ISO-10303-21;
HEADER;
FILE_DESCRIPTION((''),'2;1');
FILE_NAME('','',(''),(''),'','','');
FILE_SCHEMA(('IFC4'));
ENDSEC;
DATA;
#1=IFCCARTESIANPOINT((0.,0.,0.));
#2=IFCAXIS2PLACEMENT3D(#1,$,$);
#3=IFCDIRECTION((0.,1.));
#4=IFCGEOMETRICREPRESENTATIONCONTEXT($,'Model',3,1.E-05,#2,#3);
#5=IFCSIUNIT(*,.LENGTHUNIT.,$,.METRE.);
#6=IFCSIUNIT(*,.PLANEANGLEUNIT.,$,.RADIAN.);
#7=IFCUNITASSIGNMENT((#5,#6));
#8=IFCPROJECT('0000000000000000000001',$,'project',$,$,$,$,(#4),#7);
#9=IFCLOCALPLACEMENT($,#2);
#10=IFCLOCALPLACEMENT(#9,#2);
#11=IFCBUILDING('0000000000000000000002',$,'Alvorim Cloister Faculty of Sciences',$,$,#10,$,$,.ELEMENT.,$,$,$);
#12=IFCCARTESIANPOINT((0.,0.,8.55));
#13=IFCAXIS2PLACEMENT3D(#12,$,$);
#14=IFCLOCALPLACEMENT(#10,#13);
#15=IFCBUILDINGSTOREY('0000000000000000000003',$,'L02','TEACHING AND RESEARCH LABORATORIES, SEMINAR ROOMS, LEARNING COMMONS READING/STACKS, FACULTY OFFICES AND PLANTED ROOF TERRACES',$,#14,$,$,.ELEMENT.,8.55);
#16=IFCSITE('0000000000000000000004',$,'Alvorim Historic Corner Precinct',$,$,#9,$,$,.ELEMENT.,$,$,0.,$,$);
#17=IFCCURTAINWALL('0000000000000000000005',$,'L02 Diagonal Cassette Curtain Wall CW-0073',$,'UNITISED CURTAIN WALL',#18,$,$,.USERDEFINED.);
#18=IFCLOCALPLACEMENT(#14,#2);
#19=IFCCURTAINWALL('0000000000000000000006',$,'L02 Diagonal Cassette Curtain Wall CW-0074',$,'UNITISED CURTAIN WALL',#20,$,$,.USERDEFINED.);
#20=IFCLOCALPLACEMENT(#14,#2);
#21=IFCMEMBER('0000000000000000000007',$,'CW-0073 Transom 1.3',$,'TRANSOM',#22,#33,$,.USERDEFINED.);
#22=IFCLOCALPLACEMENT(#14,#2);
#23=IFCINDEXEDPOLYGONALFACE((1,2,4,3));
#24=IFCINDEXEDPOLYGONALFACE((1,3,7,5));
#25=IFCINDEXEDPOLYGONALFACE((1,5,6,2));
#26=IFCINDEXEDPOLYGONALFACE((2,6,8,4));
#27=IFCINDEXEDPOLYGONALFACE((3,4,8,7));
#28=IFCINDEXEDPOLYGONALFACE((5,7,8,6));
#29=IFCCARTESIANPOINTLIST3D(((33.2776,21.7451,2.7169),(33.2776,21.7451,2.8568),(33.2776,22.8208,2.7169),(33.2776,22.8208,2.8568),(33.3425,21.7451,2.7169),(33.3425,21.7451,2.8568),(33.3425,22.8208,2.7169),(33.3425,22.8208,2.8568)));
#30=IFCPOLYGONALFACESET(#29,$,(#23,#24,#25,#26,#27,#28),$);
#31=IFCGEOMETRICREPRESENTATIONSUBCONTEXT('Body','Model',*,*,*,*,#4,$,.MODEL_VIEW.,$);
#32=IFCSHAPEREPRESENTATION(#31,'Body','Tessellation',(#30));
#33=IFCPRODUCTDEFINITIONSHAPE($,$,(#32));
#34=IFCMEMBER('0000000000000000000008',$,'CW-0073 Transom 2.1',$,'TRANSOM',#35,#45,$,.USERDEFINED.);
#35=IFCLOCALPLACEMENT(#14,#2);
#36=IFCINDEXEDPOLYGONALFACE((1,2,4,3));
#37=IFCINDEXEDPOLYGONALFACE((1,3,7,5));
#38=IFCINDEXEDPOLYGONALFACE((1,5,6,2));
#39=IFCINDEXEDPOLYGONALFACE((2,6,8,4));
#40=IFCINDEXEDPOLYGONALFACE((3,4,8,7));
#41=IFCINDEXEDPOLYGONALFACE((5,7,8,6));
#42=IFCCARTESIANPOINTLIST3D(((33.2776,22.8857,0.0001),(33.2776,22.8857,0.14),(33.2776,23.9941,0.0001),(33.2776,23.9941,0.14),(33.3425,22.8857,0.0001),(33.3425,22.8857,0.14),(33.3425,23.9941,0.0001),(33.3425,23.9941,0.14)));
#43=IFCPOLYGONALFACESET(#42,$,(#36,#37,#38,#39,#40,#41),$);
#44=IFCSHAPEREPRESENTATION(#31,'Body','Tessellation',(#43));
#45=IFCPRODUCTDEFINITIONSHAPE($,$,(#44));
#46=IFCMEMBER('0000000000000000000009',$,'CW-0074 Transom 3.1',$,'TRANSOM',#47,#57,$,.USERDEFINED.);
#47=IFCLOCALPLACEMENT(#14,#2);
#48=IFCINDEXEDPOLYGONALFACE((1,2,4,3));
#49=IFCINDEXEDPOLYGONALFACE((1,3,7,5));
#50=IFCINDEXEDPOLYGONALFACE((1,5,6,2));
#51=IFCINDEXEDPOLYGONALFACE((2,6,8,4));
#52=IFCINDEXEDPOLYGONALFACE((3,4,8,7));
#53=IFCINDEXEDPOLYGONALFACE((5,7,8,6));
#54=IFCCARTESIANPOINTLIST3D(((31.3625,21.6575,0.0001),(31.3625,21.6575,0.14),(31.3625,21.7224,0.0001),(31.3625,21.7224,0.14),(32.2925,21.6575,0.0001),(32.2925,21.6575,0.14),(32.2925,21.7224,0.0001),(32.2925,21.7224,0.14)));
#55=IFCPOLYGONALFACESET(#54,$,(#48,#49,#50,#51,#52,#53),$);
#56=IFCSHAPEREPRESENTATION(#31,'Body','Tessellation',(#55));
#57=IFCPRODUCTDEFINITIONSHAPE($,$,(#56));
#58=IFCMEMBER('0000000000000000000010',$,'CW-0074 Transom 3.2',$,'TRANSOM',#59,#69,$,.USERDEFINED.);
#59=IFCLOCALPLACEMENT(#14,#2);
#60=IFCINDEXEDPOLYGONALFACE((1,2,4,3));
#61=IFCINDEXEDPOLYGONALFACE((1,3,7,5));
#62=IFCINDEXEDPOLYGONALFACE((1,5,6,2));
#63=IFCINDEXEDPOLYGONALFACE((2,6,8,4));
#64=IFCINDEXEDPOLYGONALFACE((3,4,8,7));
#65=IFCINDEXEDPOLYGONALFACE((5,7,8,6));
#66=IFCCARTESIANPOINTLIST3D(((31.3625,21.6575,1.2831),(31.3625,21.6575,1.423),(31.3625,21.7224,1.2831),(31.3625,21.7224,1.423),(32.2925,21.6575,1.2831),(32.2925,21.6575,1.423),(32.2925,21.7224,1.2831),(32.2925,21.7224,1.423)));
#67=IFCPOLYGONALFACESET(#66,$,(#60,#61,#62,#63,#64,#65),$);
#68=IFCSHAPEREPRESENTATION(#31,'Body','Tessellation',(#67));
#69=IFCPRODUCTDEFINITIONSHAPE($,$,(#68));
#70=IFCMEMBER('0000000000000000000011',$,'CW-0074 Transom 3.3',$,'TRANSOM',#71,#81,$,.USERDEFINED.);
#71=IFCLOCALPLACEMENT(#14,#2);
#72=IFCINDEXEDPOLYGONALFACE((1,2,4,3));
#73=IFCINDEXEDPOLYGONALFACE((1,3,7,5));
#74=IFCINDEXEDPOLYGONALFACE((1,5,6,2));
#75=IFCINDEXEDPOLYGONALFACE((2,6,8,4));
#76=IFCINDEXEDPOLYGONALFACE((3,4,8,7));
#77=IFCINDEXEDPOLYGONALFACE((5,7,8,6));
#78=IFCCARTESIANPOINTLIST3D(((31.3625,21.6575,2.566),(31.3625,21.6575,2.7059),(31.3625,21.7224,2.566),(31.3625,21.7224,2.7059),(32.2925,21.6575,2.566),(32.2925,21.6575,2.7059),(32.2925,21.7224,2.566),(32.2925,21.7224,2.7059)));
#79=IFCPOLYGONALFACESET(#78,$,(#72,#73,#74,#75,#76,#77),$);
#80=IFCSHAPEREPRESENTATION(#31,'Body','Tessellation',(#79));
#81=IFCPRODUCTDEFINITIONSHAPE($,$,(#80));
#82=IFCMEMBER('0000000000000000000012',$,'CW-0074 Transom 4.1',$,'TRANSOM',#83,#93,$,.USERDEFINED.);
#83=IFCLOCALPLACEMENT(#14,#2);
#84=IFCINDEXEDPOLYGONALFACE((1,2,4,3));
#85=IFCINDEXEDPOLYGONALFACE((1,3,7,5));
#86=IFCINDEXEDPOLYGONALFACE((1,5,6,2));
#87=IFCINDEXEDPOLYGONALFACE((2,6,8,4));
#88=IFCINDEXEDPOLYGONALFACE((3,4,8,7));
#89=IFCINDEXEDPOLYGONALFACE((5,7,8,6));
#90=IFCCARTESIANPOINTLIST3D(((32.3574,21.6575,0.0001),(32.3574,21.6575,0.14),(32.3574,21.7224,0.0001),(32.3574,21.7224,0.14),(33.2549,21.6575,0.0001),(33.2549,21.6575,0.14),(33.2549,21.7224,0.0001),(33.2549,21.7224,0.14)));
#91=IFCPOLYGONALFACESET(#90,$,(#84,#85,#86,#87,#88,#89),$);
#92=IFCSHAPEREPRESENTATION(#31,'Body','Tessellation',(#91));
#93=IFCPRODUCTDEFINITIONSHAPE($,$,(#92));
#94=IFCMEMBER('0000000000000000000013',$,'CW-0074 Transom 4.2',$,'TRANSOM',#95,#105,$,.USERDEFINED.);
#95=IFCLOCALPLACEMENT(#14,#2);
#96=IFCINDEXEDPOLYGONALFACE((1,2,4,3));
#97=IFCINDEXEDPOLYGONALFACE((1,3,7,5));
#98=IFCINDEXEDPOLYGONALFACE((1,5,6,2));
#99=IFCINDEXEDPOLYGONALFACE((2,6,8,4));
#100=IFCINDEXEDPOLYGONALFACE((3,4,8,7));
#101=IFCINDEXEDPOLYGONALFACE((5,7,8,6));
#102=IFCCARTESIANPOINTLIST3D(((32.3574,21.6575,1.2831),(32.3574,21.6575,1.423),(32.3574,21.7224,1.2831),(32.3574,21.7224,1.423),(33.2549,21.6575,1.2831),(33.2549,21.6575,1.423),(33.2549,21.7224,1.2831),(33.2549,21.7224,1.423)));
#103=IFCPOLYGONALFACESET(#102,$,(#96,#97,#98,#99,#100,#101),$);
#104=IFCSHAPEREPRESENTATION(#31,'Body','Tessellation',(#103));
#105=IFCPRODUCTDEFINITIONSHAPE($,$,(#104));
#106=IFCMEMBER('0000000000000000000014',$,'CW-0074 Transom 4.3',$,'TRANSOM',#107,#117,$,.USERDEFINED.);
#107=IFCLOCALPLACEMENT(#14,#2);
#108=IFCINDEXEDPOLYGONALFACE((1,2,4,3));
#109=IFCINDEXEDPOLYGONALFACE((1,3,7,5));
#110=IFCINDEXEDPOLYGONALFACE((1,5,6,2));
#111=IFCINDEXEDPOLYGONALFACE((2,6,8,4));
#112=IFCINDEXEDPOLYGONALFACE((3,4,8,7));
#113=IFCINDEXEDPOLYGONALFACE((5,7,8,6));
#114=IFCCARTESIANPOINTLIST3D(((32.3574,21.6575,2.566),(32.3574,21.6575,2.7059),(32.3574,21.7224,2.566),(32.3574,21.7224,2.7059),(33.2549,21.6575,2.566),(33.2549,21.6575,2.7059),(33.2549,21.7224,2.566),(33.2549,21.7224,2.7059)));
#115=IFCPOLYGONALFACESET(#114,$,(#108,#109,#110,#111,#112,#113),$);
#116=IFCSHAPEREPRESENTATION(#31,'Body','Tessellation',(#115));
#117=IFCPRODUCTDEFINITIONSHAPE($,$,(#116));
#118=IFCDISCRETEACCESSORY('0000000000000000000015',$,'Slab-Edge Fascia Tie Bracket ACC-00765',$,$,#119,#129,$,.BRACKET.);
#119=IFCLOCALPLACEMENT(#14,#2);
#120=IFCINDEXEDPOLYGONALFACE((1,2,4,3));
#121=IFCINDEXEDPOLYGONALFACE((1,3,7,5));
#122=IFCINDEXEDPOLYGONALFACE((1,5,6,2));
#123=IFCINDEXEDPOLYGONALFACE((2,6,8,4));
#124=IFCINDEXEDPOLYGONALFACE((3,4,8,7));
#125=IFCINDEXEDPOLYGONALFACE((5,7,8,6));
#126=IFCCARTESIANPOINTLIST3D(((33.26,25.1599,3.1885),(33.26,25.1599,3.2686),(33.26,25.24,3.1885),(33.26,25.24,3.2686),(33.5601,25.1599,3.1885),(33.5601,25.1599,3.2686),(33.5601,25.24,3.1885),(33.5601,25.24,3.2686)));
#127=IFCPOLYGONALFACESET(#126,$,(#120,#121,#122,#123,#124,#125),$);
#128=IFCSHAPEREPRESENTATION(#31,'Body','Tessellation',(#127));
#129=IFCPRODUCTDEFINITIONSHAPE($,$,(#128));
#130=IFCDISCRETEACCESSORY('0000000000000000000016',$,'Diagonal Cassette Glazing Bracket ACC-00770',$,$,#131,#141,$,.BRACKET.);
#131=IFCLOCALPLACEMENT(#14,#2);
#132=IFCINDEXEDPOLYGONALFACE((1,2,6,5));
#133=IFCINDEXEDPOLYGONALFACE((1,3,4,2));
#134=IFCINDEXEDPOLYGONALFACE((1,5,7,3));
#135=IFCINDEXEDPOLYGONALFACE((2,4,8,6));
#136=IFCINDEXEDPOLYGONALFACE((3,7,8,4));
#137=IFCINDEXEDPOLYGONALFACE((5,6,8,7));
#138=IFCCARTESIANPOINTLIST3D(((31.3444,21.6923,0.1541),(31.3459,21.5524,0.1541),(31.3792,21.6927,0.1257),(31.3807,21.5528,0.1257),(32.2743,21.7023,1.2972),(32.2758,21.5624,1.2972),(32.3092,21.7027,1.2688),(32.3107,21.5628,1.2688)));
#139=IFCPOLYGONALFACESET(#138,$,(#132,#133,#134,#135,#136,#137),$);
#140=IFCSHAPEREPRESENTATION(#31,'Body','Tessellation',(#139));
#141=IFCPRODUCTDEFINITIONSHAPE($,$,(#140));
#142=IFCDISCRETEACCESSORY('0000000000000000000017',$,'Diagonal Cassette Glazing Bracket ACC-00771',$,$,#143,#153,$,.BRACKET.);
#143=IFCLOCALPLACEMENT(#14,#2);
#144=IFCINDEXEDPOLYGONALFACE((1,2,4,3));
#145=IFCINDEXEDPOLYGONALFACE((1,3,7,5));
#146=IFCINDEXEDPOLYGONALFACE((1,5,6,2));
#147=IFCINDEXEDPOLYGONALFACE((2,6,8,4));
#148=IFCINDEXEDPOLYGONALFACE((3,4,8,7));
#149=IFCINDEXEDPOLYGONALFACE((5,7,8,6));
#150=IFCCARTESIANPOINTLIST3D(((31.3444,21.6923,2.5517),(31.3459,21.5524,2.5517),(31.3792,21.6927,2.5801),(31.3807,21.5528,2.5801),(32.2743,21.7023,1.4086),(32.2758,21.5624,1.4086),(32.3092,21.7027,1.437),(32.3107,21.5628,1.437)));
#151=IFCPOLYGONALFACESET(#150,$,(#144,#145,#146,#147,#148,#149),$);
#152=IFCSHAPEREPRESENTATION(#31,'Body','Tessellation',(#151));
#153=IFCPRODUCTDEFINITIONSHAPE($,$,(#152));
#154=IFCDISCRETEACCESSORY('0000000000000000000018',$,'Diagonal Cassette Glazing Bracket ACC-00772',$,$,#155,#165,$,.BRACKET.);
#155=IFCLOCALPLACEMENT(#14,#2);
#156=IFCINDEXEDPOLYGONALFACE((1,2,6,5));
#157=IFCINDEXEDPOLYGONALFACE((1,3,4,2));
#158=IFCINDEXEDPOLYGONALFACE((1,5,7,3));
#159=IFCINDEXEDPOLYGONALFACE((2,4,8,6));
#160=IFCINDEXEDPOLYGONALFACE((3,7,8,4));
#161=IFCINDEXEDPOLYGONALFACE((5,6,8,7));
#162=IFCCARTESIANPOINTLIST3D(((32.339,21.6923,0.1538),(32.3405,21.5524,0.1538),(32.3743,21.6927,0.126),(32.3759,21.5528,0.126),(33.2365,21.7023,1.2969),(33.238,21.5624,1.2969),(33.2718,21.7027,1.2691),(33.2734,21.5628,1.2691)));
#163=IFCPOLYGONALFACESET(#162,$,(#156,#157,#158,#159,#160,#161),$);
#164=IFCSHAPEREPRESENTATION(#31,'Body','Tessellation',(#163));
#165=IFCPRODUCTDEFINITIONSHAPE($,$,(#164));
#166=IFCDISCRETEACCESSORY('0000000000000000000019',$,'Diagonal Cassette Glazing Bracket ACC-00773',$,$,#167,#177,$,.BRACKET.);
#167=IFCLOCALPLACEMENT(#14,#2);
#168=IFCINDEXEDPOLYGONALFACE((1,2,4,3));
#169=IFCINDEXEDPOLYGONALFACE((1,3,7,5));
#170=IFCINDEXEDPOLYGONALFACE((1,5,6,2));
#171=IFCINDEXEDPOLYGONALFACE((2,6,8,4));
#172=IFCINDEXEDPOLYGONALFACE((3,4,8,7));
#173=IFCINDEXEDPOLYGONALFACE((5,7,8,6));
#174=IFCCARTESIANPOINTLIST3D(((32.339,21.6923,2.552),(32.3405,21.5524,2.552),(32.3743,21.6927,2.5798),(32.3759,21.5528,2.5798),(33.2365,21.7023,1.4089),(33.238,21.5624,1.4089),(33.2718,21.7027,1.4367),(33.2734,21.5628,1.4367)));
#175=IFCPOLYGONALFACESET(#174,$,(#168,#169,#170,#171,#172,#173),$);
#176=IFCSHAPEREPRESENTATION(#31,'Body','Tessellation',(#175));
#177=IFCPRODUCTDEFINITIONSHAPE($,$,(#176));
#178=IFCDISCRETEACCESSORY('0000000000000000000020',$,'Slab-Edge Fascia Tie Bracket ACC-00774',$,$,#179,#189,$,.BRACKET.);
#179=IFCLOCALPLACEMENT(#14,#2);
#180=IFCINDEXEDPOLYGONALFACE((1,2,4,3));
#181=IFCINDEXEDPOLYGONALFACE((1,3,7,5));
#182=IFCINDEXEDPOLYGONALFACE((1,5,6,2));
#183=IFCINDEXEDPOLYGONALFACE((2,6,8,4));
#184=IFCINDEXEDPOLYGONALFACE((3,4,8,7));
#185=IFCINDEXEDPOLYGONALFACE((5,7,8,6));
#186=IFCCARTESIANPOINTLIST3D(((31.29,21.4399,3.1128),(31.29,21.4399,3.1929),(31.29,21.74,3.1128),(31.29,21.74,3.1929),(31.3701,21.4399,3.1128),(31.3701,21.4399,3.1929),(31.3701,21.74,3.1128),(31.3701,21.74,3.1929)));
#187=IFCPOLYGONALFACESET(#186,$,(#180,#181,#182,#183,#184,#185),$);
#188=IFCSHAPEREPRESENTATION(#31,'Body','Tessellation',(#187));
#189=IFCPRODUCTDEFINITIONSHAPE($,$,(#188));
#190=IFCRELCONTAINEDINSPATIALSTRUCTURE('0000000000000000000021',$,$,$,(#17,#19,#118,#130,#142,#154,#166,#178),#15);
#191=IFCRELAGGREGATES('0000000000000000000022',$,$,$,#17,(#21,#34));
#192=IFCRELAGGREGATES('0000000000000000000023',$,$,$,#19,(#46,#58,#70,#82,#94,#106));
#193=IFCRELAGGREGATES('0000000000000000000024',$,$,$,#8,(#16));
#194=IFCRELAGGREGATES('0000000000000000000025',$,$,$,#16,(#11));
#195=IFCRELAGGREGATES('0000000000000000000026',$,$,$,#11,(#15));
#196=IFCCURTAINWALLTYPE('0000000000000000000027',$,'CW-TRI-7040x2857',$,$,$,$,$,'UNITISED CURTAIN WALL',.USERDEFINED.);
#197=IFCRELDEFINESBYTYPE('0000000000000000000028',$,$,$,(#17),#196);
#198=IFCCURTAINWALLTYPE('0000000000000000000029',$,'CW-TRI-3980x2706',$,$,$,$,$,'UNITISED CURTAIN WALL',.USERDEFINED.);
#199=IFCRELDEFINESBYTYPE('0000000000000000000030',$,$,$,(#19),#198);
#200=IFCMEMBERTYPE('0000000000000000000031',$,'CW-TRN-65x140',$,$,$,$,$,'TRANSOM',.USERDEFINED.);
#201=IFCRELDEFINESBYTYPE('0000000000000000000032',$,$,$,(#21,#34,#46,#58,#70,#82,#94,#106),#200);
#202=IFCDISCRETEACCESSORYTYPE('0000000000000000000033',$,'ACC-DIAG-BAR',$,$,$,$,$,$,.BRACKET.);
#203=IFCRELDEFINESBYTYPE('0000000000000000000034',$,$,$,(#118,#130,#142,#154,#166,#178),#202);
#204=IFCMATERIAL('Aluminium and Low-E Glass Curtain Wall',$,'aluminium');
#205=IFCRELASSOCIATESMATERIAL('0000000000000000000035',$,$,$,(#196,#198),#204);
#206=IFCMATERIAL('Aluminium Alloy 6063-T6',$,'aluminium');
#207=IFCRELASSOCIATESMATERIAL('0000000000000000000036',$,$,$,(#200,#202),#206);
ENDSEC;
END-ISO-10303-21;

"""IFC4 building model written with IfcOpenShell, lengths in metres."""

from ifc_helpers import new_model, si_unit, direction, frame, origin, origin_2d, place, context, subcontext, project, spatial, rectangle, extrude, material, material_profile, profile_set, type_object, element, aggregate, save


model = new_model("IFC4")

# Units and contexts
model_context = context("Model", 3, precision=1e-05, world=origin(), true_north=direction((0.0, 1.0)))
body_context = subcontext(model_context, "Body", "Model", "MODEL_VIEW")
ifc_project = project(units=[si_unit("LENGTHUNIT", "METRE"), si_unit("PLANEANGLEUNIT", "RADIAN")], contexts=[model_context])

# Site, building, storey
site_placement = place(None, origin())
site = spatial("IfcSite", under=ifc_project, at=site_placement, Name="Alvorim Historic Corner Precinct", CompositionType="ELEMENT", RefElevation=0.0)
building_placement = place(site_placement, origin())
building = spatial("IfcBuilding", under=site, at=building_placement, Name="Alvorim Cloister Faculty of Sciences", CompositionType="ELEMENT")
storey_placement = place(building_placement, frame((0.0, 0.0, 8.55)))
storey = spatial("IfcBuildingStorey", under=building, at=storey_placement, Name="L02", Description="TEACHING AND RESEARCH LABORATORIES, SEMINAR ROOMS, LEARNING COMMONS READING/STACKS, FACULTY OFFICES AND PLANTED ROOF TERRACES", CompositionType="ELEMENT", Elevation=8.55)

# Curtain walls
ifc_material_1 = material(Name="Aluminium and Low-E Glass Curtain Wall", Category="aluminium")
curtain_wall_type_1 = type_object("IfcCurtainWallType", Name="CW-TRI-7040x2857", ElementType="UNITISED CURTAIN WALL", PredefinedType="USERDEFINED", material=ifc_material_1)
curtain_wall_1_placement = place(storey_placement, origin())
curtain_wall_1 = element("IfcCurtainWall", 1, at=curtain_wall_1_placement, inside=storey, type_object=curtain_wall_type_1, Name="L02 Diagonal Cassette Curtain Wall CW-0073", ObjectType="UNITISED CURTAIN WALL", PredefinedType="USERDEFINED")
ifc_material_2 = material(Name="Aluminium Alloy 6063-T6", Category="aluminium")
curtain_wall_type_2 = type_object("IfcCurtainWallType", Name="CW-TRI-3980x2706", ElementType="UNITISED CURTAIN WALL", PredefinedType="USERDEFINED", material=ifc_material_1)
curtain_wall_2_placement = place(storey_placement, origin())
curtain_wall_2 = element("IfcCurtainWall", 2, at=curtain_wall_2_placement, inside=storey, type_object=curtain_wall_type_2, Name="L02 Diagonal Cassette Curtain Wall CW-0074", ObjectType="UNITISED CURTAIN WALL", PredefinedType="USERDEFINED")

# Members
ifc_material_profile_1 = material_profile(ifc_material_2, rectangle(XDim=0.0649, YDim=0.1399, at=origin_2d()), Name="ALU-TRN-65x140")
ifc_profile_set_1 = profile_set([ifc_material_profile_1], Name="Aluminium Alloy 6063-T6")
member_type_1 = type_object("IfcMemberType", Name="CW-TRN-65x140", ElementType="TRANSOM", PredefinedType="USERDEFINED", material=ifc_profile_set_1)
member_1_placement = place(storey_placement, frame((33.3101, 21.7451, 2.7869), z_axis=(0.0, 1.0, 0.0), x_axis=(-1.0, 0.0, 0.0)))
member_1 = element("IfcMember", 3, at=member_1_placement, type_object=member_type_1, Name="CW-0073 Transom 1.3", ObjectType="TRANSOM", PredefinedType="USERDEFINED", context=body_context, shape_type="SweptSolid", body=[
    extrude(rectangle(XDim=0.0649, YDim=0.1399, at=origin_2d()), origin(), (0.0, 0.0, 1.0), 1.0757),
])
member_2_placement = place(storey_placement, frame((33.3101, 22.8857, 0.0701), z_axis=(0.0, 1.0, 0.0), x_axis=(-1.0, 0.0, 0.0)))
member_2 = element("IfcMember", 4, at=member_2_placement, type_object=member_type_1, Name="CW-0073 Transom 2.1", ObjectType="TRANSOM", PredefinedType="USERDEFINED", context=body_context, shape_type="SweptSolid", body=[
    extrude(rectangle(XDim=0.0649, YDim=0.1399, at=origin_2d()), origin(), (0.0, 0.0, 1.0), 1.1084),
])
aggregate(curtain_wall_1, [member_1, member_2])
member_3_placement = place(storey_placement, frame((31.3625, 21.6899, 0.0701), z_axis=(1.0, 0.0, 0.0), x_axis=(0.0, 1.0, 0.0)))
member_3 = element("IfcMember", 5, at=member_3_placement, type_object=member_type_1, Name="CW-0074 Transom 3.1", ObjectType="TRANSOM", PredefinedType="USERDEFINED", context=body_context, shape_type="SweptSolid", body=[
    extrude(rectangle(XDim=0.0649, YDim=0.1399, at=origin_2d()), origin(), (0.0, 0.0, 1.0), 0.9299),
])
member_4_placement = place(storey_placement, frame((31.3625, 21.6899, 1.353), z_axis=(1.0, 0.0, 0.0), x_axis=(0.0, 1.0, 0.0)))
member_4 = element("IfcMember", 6, at=member_4_placement, type_object=member_type_1, Name="CW-0074 Transom 3.2", ObjectType="TRANSOM", PredefinedType="USERDEFINED", context=body_context, shape_type="SweptSolid", body=[
    extrude(rectangle(XDim=0.0649, YDim=0.1399, at=origin_2d()), origin(), (0.0, 0.0, 1.0), 0.9299),
])
member_5_placement = place(storey_placement, frame((31.3625, 21.6899, 2.636), z_axis=(1.0, 0.0, 0.0), x_axis=(0.0, 1.0, 0.0)))
member_5 = element("IfcMember", 7, at=member_5_placement, type_object=member_type_1, Name="CW-0074 Transom 3.3", ObjectType="TRANSOM", PredefinedType="USERDEFINED", context=body_context, shape_type="SweptSolid", body=[
    extrude(rectangle(XDim=0.0649, YDim=0.1399, at=origin_2d()), origin(), (0.0, 0.0, 1.0), 0.9299),
])
member_6_placement = place(storey_placement, frame((32.3574, 21.6899, 0.0701), z_axis=(1.0, 0.0, 0.0), x_axis=(0.0, 1.0, 0.0)))
member_6 = element("IfcMember", 8, at=member_6_placement, type_object=member_type_1, Name="CW-0074 Transom 4.1", ObjectType="TRANSOM", PredefinedType="USERDEFINED", context=body_context, shape_type="SweptSolid", body=[
    extrude(rectangle(XDim=0.0649, YDim=0.1399, at=origin_2d()), origin(), (0.0, 0.0, 1.0), 0.8975),
])
member_7_placement = place(storey_placement, frame((32.3574, 21.6899, 1.353), z_axis=(1.0, 0.0, 0.0), x_axis=(0.0, 1.0, 0.0)))
member_7 = element("IfcMember", 9, at=member_7_placement, type_object=member_type_1, Name="CW-0074 Transom 4.2", ObjectType="TRANSOM", PredefinedType="USERDEFINED", context=body_context, shape_type="SweptSolid", body=[
    extrude(rectangle(XDim=0.0649, YDim=0.1399, at=origin_2d()), origin(), (0.0, 0.0, 1.0), 0.8975),
])
member_8_placement = place(storey_placement, frame((32.3574, 21.6899, 2.636), z_axis=(1.0, 0.0, 0.0), x_axis=(0.0, 1.0, 0.0)))
member_8 = element("IfcMember", 10, at=member_8_placement, type_object=member_type_1, Name="CW-0074 Transom 4.3", ObjectType="TRANSOM", PredefinedType="USERDEFINED", context=body_context, shape_type="SweptSolid", body=[
    extrude(rectangle(XDim=0.0649, YDim=0.1399, at=origin_2d()), origin(), (0.0, 0.0, 1.0), 0.8975),
])
aggregate(curtain_wall_2, [member_3, member_4, member_5, member_6, member_7, member_8])

# Discrete accessories
discrete_accessory_type = type_object("IfcDiscreteAccessoryType", Name="ACC-DIAG-BAR", PredefinedType="BRACKET", material=ifc_material_2)
discrete_accessory_1_placement = place(storey_placement, frame((33.26, 25.2, 3.2285), z_axis=(1.0, 0.0, 0.0), x_axis=(0.0, 1.0, 0.0)))
element("IfcDiscreteAccessory", 11, at=discrete_accessory_1_placement, inside=storey, type_object=discrete_accessory_type, Name="Slab-Edge Fascia Tie Bracket ACC-00765", PredefinedType="BRACKET", context=body_context, shape_type="SweptSolid", body=[
    extrude(rectangle(XDim=0.0801, YDim=0.0801, at=origin_2d()), origin(), (0.0, 0.0, 1.0), 0.3),
])
for number, where, z_axis, x_axis, name in (
    (12, (31.3625, 21.6226, 0.1399), (0.631064, 0.006793, 0.775701), (-0.010763, 0.999942, 0.0), "Diagonal Cassette Glazing Bracket ACC-00770"),
    (13, (31.3625, 21.6226, 2.5659), (0.631064, 0.006793, -0.775701), (-0.010763, 0.999942, 0.0), "Diagonal Cassette Glazing Bracket ACC-00771"),
):
    element("IfcDiscreteAccessory", number, at=place(storey_placement, frame(where, z_axis=z_axis, x_axis=x_axis)), inside=storey, type_object=discrete_accessory_type, Name=name, PredefinedType="BRACKET", context=body_context, shape_type="SweptSolid", body=[
        extrude(rectangle(XDim=0.1399, YDim=0.0449, at=origin_2d()), origin(), (0.0, 0.0, 1.0), 1.4736),
    ])
for number, where, z_axis, x_axis, name in (
    (14, (32.3574, 21.6226, 0.1399), (0.617525, 0.006888, 0.786521), (-0.011153, 0.999938, 0.0), "Diagonal Cassette Glazing Bracket ACC-00772"),
    (15, (32.3574, 21.6226, 2.5659), (0.617525, 0.006888, -0.786521), (-0.011153, 0.999938, 0.0), "Diagonal Cassette Glazing Bracket ACC-00773"),
):
    element("IfcDiscreteAccessory", number, at=place(storey_placement, frame(where, z_axis=z_axis, x_axis=x_axis)), inside=storey, type_object=discrete_accessory_type, Name=name, PredefinedType="BRACKET", context=body_context, shape_type="SweptSolid", body=[
        extrude(rectangle(XDim=0.1399, YDim=0.0449, at=origin_2d()), origin(), (0.0, 0.0, 1.0), 1.4534),
    ])
discrete_accessory_2_placement = place(storey_placement, frame((31.3301, 21.74, 3.1528), z_axis=(0.0, -1.0, 0.0), x_axis=(1.0, 0.0, 0.0)))
element("IfcDiscreteAccessory", 16, at=discrete_accessory_2_placement, inside=storey, type_object=discrete_accessory_type, Name="Slab-Edge Fascia Tie Bracket ACC-00774", PredefinedType="BRACKET", context=body_context, shape_type="SweptSolid", body=[
    extrude(rectangle(XDim=0.0801, YDim=0.0801, at=origin_2d()), origin(), (0.0, 0.0, 1.0), 0.3),
])

save(model, "model.ifc")
